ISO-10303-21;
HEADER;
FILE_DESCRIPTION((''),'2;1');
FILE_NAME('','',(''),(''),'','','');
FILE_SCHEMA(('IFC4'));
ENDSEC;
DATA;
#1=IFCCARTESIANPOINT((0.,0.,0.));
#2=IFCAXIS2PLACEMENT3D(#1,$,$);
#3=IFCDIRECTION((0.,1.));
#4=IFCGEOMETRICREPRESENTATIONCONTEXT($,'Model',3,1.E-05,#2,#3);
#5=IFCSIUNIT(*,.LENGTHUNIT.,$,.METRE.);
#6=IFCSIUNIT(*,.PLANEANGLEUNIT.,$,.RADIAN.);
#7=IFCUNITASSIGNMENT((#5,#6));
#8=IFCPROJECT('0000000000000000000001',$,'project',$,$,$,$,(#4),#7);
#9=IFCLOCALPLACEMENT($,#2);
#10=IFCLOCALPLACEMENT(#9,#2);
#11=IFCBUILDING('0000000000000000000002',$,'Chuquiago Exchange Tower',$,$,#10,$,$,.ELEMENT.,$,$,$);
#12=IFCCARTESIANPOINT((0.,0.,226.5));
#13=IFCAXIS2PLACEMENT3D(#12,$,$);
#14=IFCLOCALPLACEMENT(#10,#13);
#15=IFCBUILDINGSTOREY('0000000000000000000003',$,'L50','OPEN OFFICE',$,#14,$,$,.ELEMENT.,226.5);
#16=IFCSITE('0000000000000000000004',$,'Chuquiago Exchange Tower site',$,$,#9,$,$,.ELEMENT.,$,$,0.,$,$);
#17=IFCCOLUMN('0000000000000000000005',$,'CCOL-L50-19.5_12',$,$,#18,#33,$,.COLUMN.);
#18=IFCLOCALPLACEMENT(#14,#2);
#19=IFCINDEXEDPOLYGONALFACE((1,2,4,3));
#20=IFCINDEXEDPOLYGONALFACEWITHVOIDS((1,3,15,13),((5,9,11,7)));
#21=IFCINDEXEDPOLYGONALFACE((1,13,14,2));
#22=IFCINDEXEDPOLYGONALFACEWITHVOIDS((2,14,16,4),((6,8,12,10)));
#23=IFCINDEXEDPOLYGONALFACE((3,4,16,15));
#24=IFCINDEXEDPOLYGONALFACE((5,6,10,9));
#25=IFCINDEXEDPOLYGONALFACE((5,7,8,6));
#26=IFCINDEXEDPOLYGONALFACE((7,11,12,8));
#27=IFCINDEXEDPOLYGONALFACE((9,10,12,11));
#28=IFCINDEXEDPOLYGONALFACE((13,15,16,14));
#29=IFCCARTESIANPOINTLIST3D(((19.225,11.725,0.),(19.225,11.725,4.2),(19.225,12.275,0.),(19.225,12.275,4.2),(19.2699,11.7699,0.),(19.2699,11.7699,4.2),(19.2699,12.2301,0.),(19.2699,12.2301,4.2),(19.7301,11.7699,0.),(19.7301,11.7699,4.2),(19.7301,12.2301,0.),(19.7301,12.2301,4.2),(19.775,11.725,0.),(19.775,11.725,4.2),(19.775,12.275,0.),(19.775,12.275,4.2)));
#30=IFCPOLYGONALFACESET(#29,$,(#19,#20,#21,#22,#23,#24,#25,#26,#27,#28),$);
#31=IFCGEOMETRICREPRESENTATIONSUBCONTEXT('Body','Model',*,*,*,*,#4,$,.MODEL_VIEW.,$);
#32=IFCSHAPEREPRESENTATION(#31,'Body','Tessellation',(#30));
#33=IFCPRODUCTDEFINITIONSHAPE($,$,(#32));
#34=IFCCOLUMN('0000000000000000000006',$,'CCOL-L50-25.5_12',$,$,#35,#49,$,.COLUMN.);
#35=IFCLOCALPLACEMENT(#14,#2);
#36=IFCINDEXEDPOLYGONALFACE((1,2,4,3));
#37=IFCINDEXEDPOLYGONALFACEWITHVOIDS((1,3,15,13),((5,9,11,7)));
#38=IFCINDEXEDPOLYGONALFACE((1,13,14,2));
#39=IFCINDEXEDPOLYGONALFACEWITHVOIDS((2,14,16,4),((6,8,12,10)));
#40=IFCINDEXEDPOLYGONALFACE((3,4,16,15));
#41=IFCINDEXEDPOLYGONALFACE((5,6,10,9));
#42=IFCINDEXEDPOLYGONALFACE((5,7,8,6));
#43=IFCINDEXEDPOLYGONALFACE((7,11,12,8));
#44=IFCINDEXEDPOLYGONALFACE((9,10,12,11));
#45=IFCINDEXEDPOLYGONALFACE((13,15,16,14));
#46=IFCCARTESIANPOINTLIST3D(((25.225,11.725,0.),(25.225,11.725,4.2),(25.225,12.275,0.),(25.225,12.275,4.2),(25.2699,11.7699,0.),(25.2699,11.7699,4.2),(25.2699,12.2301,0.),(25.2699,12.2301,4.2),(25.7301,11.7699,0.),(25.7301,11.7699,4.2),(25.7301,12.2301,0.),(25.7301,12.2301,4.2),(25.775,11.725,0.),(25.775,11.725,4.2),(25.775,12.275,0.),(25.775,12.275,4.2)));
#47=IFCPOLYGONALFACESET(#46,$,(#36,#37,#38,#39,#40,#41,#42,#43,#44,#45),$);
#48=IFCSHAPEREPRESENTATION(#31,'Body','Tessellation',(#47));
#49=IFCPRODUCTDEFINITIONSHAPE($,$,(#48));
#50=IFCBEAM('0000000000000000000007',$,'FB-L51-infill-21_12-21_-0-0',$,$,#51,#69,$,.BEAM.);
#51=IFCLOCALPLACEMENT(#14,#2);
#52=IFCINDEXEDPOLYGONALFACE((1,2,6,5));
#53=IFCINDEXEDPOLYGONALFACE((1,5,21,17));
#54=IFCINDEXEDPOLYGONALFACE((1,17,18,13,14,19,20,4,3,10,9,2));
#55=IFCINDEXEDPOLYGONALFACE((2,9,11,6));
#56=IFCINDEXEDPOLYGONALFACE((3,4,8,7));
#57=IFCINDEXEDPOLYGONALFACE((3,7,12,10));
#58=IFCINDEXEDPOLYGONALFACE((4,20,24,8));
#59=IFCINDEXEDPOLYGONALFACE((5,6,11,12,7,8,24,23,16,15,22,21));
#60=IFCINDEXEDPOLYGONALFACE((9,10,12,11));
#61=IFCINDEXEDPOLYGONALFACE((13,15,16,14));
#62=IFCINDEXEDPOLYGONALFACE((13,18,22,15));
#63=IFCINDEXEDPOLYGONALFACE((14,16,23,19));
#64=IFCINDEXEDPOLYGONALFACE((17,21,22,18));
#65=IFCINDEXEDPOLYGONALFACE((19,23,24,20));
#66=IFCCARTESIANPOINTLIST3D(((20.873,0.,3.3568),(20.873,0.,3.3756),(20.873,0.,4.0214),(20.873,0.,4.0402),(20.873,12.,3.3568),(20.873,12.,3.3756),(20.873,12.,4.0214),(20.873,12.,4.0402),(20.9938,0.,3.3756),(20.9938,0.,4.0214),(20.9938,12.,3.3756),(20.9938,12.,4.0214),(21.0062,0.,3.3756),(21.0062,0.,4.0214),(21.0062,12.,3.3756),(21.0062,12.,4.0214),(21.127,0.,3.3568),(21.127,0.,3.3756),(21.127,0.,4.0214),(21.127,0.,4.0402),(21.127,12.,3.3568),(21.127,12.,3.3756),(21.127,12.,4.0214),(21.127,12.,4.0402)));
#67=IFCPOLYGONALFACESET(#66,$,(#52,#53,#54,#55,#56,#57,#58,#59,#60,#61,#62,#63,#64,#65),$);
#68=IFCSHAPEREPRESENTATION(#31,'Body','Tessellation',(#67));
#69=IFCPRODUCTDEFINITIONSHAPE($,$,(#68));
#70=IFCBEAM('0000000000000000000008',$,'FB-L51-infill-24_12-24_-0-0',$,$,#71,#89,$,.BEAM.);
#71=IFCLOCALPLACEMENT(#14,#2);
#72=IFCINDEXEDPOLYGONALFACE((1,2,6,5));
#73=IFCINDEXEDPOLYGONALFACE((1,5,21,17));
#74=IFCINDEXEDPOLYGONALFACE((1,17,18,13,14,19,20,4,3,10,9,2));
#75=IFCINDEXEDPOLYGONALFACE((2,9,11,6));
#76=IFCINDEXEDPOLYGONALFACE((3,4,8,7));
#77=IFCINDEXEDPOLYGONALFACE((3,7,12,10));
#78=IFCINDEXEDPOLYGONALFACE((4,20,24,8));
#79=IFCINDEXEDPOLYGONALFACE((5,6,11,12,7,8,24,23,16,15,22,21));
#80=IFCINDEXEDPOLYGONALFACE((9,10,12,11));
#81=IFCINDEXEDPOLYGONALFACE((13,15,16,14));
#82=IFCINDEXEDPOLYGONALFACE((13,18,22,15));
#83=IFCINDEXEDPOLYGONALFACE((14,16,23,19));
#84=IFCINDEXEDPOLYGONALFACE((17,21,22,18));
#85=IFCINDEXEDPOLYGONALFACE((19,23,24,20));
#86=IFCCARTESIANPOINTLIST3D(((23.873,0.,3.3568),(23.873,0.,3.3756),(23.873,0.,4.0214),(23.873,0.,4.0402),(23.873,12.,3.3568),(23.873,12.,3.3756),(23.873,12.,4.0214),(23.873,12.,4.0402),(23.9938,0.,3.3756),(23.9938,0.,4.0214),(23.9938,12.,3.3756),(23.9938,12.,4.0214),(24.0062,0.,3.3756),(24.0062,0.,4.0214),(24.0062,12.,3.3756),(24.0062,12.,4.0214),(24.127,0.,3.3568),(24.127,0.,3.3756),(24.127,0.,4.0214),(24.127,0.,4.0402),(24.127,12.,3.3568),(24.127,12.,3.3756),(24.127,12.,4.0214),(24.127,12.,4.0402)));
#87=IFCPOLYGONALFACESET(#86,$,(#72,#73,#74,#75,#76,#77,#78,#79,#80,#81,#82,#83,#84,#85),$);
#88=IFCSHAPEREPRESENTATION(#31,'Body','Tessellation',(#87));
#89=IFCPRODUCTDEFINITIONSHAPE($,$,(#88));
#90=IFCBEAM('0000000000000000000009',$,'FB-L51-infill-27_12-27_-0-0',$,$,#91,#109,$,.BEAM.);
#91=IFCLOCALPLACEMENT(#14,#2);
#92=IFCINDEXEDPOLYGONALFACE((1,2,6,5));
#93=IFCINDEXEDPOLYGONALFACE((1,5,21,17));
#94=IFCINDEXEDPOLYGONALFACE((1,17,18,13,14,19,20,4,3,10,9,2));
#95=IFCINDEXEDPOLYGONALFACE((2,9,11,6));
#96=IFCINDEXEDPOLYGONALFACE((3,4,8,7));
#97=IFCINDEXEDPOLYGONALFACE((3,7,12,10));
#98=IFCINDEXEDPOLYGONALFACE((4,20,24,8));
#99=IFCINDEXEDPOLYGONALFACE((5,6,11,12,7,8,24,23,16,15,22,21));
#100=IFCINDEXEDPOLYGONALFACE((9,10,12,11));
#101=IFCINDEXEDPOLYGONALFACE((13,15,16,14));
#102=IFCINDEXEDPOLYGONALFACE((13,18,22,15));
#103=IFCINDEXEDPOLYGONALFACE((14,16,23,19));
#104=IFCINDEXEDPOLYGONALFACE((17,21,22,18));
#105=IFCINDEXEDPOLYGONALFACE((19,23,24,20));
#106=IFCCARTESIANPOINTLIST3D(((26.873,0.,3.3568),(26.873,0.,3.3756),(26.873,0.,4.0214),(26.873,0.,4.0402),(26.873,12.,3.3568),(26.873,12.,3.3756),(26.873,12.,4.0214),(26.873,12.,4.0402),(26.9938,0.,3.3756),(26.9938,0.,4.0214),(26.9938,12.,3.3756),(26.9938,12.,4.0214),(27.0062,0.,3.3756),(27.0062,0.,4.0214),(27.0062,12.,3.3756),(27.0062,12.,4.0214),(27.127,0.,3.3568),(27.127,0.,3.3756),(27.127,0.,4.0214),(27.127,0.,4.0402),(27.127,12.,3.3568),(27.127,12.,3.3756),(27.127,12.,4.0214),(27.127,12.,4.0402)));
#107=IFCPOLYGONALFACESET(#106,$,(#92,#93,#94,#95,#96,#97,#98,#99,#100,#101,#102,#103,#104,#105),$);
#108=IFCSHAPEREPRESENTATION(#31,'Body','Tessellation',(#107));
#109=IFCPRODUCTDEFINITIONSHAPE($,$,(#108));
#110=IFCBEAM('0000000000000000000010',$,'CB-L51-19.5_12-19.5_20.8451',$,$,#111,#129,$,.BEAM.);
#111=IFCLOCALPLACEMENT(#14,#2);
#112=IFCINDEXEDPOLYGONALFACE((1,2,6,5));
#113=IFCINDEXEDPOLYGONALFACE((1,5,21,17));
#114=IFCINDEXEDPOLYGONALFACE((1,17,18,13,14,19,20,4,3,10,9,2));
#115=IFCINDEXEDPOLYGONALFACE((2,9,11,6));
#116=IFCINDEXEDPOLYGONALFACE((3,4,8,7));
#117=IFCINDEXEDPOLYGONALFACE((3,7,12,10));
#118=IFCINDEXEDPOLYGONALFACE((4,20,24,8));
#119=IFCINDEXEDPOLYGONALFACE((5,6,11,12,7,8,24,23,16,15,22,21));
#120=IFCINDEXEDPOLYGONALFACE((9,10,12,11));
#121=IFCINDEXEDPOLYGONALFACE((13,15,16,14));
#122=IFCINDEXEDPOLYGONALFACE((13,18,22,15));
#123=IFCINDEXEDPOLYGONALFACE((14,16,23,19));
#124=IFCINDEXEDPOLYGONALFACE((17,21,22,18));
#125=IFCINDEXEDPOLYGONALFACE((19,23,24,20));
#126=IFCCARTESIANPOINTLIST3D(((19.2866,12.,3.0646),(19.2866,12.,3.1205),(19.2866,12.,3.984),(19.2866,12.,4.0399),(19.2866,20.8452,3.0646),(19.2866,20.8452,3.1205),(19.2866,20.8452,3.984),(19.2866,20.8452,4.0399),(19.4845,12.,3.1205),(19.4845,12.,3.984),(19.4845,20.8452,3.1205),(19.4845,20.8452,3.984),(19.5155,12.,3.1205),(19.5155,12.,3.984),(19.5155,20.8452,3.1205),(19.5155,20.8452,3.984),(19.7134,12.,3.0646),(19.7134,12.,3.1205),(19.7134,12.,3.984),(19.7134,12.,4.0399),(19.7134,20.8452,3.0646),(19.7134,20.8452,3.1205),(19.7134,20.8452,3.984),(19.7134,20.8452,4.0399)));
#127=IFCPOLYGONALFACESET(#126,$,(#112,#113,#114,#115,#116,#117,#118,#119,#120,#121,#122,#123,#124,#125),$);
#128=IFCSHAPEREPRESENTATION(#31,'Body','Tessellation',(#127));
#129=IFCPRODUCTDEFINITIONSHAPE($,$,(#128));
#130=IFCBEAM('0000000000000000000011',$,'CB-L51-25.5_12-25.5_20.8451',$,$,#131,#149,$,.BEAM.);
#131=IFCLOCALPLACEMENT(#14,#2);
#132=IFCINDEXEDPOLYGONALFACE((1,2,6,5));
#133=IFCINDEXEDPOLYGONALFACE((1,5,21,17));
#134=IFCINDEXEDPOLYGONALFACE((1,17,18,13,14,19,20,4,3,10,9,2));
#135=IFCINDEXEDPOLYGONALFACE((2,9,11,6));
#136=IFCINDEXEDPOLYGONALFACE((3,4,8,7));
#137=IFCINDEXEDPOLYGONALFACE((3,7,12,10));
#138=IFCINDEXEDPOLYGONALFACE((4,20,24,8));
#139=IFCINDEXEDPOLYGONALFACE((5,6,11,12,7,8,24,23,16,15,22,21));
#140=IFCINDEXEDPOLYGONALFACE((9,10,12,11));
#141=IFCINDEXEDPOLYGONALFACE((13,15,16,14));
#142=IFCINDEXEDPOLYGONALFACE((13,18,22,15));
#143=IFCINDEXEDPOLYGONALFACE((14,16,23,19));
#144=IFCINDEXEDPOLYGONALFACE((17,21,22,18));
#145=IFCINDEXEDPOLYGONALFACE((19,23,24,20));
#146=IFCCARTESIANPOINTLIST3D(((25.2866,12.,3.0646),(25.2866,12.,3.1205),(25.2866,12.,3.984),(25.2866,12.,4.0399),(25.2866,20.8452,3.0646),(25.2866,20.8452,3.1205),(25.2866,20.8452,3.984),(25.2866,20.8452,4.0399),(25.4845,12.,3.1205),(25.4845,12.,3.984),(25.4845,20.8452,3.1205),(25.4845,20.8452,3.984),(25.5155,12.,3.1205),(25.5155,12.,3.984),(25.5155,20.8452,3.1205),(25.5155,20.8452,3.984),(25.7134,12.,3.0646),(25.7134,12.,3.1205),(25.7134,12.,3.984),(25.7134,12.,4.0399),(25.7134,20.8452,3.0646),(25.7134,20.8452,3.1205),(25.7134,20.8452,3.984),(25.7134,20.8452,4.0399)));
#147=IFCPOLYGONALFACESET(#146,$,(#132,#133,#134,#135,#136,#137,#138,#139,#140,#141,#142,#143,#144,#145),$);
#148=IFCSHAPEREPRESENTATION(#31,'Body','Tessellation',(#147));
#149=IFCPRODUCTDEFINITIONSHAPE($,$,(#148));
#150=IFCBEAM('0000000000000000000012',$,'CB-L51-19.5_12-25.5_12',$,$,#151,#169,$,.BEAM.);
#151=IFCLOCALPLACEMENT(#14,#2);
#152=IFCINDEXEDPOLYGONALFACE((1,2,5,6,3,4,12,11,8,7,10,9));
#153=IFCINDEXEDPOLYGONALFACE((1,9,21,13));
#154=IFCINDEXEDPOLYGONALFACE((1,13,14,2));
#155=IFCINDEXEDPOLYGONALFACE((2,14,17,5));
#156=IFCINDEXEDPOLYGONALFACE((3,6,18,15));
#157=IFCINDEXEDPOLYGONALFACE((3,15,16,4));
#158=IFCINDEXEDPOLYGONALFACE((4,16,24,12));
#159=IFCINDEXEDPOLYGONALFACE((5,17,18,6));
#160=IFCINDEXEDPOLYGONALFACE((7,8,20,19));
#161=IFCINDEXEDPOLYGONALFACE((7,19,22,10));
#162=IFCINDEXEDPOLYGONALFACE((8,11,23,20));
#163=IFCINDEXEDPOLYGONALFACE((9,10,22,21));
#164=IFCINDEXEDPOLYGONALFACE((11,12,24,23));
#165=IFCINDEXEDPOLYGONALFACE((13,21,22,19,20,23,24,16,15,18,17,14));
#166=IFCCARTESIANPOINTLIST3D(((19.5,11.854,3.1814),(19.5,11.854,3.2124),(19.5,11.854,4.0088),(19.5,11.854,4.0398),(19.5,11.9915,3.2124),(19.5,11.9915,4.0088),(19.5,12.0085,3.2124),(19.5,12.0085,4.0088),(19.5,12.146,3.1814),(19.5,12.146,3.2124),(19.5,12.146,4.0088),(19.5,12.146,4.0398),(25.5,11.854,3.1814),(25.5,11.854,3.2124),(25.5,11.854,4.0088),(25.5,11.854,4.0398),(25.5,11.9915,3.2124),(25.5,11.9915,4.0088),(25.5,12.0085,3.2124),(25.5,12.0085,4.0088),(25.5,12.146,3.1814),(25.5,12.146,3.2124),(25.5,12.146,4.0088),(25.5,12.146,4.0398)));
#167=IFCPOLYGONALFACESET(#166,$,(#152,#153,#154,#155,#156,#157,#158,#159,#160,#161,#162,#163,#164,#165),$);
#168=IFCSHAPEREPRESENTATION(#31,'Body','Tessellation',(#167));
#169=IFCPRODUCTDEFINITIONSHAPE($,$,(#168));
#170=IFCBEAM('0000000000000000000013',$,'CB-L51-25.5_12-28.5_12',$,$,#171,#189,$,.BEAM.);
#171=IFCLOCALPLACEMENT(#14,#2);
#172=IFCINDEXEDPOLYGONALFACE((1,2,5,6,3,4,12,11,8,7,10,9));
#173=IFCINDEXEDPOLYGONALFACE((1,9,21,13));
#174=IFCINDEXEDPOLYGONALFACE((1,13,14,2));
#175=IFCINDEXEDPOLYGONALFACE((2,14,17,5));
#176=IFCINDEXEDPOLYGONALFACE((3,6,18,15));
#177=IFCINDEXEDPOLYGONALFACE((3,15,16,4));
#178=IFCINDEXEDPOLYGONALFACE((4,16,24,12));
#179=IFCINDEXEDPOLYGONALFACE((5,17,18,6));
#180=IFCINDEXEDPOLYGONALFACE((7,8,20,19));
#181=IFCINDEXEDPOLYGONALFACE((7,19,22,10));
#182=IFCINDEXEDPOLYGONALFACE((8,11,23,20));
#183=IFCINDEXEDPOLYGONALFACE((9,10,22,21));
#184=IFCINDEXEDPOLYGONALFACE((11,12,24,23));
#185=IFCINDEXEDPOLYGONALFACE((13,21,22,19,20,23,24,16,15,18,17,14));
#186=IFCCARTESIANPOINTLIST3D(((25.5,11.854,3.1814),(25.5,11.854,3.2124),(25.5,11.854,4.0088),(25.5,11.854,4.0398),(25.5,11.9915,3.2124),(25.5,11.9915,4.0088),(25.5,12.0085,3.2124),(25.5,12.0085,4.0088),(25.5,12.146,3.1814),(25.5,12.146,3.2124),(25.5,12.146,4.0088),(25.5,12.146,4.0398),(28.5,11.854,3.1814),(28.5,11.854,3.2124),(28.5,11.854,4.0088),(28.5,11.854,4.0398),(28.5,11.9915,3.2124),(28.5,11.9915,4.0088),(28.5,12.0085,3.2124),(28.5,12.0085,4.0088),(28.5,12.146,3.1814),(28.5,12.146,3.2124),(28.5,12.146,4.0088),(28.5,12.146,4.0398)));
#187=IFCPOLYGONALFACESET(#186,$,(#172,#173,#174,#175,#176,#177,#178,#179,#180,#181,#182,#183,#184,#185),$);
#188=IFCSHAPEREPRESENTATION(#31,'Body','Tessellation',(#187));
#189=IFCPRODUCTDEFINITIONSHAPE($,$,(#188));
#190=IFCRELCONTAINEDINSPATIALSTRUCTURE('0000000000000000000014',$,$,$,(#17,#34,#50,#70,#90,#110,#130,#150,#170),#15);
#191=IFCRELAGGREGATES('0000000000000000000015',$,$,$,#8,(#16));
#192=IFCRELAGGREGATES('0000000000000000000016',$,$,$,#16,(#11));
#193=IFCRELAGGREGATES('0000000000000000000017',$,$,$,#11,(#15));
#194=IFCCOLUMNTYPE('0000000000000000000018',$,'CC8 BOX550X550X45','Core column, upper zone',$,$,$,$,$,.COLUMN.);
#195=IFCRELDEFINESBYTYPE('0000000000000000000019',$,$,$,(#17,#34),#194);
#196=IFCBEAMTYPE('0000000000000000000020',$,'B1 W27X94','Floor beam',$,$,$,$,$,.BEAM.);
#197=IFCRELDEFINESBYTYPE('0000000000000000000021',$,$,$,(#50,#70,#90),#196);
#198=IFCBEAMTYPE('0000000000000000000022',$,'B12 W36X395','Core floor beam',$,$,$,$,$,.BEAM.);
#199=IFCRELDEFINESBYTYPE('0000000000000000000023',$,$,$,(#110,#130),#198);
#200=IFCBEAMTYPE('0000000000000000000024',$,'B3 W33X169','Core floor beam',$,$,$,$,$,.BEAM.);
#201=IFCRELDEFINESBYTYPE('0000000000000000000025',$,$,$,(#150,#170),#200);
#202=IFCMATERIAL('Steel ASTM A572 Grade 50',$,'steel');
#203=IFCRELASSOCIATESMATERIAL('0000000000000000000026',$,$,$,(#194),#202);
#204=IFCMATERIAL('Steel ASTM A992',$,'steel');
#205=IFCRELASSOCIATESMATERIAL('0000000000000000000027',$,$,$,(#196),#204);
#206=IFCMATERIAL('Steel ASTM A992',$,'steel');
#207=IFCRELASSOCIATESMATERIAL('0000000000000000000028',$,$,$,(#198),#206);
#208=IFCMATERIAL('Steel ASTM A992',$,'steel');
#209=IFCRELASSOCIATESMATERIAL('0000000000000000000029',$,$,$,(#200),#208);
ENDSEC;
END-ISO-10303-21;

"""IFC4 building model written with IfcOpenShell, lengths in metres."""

from ifc_helpers import new_model, si_unit, direction, frame, origin, origin_2d, place, context, subcontext, project, spatial, hollow_rectangle, i_section, extrude, material, material_profile, profile_set, type_object, element, save


model = new_model("IFC4")

# Units and contexts
model_context = context("Model", 3, precision=1e-05, world=origin(), true_north=direction((0.0, 1.0)))
body_context = subcontext(model_context, "Body", "Model", "MODEL_VIEW")
ifc_project = project(units=[si_unit("LENGTHUNIT", "METRE"), si_unit("PLANEANGLEUNIT", "RADIAN")], contexts=[model_context])

# Site, building, storey
site_placement = place(None, origin())
site = spatial("IfcSite", under=ifc_project, at=site_placement, Name="Chuquiago Exchange Tower site", CompositionType="ELEMENT", RefElevation=0.0)
building_placement = place(site_placement, origin())
building = spatial("IfcBuilding", under=site, at=building_placement, Name="Chuquiago Exchange Tower", CompositionType="ELEMENT")
storey_placement = place(building_placement, frame((0.0, 0.0, 226.5)))
storey = spatial("IfcBuildingStorey", under=building, at=storey_placement, Name="L50", Description="OPEN OFFICE", CompositionType="ELEMENT", Elevation=226.5)

# Columns
ifc_material_1 = material(Name="Steel ASTM A572 Grade 50", Category="steel")
ifc_material_profile_1 = material_profile(ifc_material_1, hollow_rectangle(XDim=0.55, YDim=0.55, WallThickness=0.0449, at=origin_2d()), Name="BOX550X550X45")
ifc_profile_set_1 = profile_set([ifc_material_profile_1], Name="Steel ASTM A572 Grade 50")
column_type = type_object("IfcColumnType", Name="CC8 BOX550X550X45", Description="Core column, upper zone", PredefinedType="COLUMN", material=ifc_profile_set_1)
for number, where, z_axis, x_axis, name in (
    (1, (19.5, 12.0, 0.0), (0.0, 0.0, 1.0), (1.0, 0.0, 0.0), "CCOL-L50-19.5_12"),
    (2, (25.5, 12.0, 0.0), (0.0, 0.0, 1.0), (1.0, 0.0, 0.0), "CCOL-L50-25.5_12"),
):
    element("IfcColumn", number, at=place(storey_placement, frame(where, z_axis=z_axis, x_axis=x_axis)), inside=storey, type_object=column_type, Name=name, PredefinedType="COLUMN", context=body_context, shape_type="SweptSolid", body=[
        extrude(hollow_rectangle(XDim=0.55, YDim=0.55, WallThickness=0.0449, at=origin_2d()), origin(), (0.0, 0.0, 1.0), 4.2),
    ])

# Beams
ifc_material_2 = material(Name="Steel ASTM A992", Category="steel")
ifc_material_profile_2 = material_profile(ifc_material_2, i_section(OverallWidth=0.2539, OverallDepth=0.6833, WebThickness=0.0125, FlangeThickness=0.0188, at=origin_2d()), Name="W27X94")
ifc_profile_set_2 = profile_set([ifc_material_profile_2], Name="Steel ASTM A992")
beam_type_1 = type_object("IfcBeamType", Name="B1 W27X94", Description="Floor beam", PredefinedType="BEAM", material=ifc_profile_set_2)
for number, where, z_axis, x_axis, name in (
    (3, (21.0, 12.0, 3.6985), (0.0, -1.0, 0.0), (1.0, 0.0, 0.0), "FB-L51-infill-21_12-21_-0-0"),
    (4, (24.0, 12.0, 3.6985), (0.0, -1.0, 0.0), (1.0, 0.0, 0.0), "FB-L51-infill-24_12-24_-0-0"),
    (5, (27.0, 12.0, 3.6985), (0.0, -1.0, 0.0), (1.0, 0.0, 0.0), "FB-L51-infill-27_12-27_-0-0"),
):
    element("IfcBeam", number, at=place(storey_placement, frame(where, z_axis=z_axis, x_axis=x_axis)), inside=storey, type_object=beam_type_1, Name=name, PredefinedType="BEAM", context=body_context, shape_type="SweptSolid", body=[
        extrude(i_section(OverallWidth=0.2539, OverallDepth=0.6833, WebThickness=0.0125, FlangeThickness=0.0188, at=origin_2d()), origin(), (0.0, 0.0, 1.0), 12.0),
    ])
ifc_material_3 = material(Name="Steel ASTM A992", Category="steel")
ifc_material_profile_3 = material_profile(ifc_material_3, i_section(OverallWidth=0.4268, OverallDepth=0.9753, WebThickness=0.031, FlangeThickness=0.0559, at=origin_2d()), Name="W36X395")
ifc_profile_set_3 = profile_set([ifc_material_profile_3], Name="Steel ASTM A992")
beam_type_2 = type_object("IfcBeamType", Name="B12 W36X395", Description="Core floor beam", PredefinedType="BEAM", material=ifc_profile_set_3)
for number, where, z_axis, x_axis, name in (
    (6, (19.5, 12.0, 3.5522), (0.0, 1.0, 0.0), (-1.0, 0.0, 0.0), "CB-L51-19.5_12-19.5_20.8451"),
    (7, (25.5, 12.0, 3.5522), (0.0, 1.0, 0.0), (-1.0, 0.0, 0.0), "CB-L51-25.5_12-25.5_20.8451"),
):
    element("IfcBeam", number, at=place(storey_placement, frame(where, z_axis=z_axis, x_axis=x_axis)), inside=storey, type_object=beam_type_2, Name=name, PredefinedType="BEAM", context=body_context, shape_type="SweptSolid", body=[
        extrude(i_section(OverallWidth=0.4268, OverallDepth=0.9753, WebThickness=0.031, FlangeThickness=0.0559, at=origin_2d()), origin(), (0.0, 0.0, 1.0), 8.8452),
    ])
ifc_material_4 = material(Name="Steel ASTM A992", Category="steel")
ifc_material_profile_4 = material_profile(ifc_material_4, i_section(OverallWidth=0.292, OverallDepth=0.8584, WebThickness=0.0171, FlangeThickness=0.031, at=origin_2d()), Name="W33X169")
ifc_profile_set_4 = profile_set([ifc_material_profile_4], Name="Steel ASTM A992")
beam_type_3 = type_object("IfcBeamType", Name="B3 W33X169", Description="Core floor beam", PredefinedType="BEAM", material=ifc_profile_set_4)
beam_1_placement = place(storey_placement, frame((19.5, 12.0, 3.6106), z_axis=(1.0, 0.0, 0.0), x_axis=(0.0, 1.0, 0.0)))
element("IfcBeam", 8, at=beam_1_placement, inside=storey, type_object=beam_type_3, Name="CB-L51-19.5_12-25.5_12", PredefinedType="BEAM", context=body_context, shape_type="SweptSolid", body=[
    extrude(i_section(OverallWidth=0.292, OverallDepth=0.8584, WebThickness=0.0171, FlangeThickness=0.031, at=origin_2d()), origin(), (0.0, 0.0, 1.0), 6.0),
])
beam_2_placement = place(storey_placement, frame((25.5, 12.0, 3.6106), z_axis=(1.0, 0.0, 0.0), x_axis=(0.0, 1.0, 0.0)))
element("IfcBeam", 9, at=beam_2_placement, inside=storey, type_object=beam_type_3, Name="CB-L51-25.5_12-28.5_12", PredefinedType="BEAM", context=body_context, shape_type="SweptSolid", body=[
    extrude(i_section(OverallWidth=0.292, OverallDepth=0.8584, WebThickness=0.0171, FlangeThickness=0.031, at=origin_2d()), origin(), (0.0, 0.0, 1.0), 3.0),
])

save(model, "model.ifc")
